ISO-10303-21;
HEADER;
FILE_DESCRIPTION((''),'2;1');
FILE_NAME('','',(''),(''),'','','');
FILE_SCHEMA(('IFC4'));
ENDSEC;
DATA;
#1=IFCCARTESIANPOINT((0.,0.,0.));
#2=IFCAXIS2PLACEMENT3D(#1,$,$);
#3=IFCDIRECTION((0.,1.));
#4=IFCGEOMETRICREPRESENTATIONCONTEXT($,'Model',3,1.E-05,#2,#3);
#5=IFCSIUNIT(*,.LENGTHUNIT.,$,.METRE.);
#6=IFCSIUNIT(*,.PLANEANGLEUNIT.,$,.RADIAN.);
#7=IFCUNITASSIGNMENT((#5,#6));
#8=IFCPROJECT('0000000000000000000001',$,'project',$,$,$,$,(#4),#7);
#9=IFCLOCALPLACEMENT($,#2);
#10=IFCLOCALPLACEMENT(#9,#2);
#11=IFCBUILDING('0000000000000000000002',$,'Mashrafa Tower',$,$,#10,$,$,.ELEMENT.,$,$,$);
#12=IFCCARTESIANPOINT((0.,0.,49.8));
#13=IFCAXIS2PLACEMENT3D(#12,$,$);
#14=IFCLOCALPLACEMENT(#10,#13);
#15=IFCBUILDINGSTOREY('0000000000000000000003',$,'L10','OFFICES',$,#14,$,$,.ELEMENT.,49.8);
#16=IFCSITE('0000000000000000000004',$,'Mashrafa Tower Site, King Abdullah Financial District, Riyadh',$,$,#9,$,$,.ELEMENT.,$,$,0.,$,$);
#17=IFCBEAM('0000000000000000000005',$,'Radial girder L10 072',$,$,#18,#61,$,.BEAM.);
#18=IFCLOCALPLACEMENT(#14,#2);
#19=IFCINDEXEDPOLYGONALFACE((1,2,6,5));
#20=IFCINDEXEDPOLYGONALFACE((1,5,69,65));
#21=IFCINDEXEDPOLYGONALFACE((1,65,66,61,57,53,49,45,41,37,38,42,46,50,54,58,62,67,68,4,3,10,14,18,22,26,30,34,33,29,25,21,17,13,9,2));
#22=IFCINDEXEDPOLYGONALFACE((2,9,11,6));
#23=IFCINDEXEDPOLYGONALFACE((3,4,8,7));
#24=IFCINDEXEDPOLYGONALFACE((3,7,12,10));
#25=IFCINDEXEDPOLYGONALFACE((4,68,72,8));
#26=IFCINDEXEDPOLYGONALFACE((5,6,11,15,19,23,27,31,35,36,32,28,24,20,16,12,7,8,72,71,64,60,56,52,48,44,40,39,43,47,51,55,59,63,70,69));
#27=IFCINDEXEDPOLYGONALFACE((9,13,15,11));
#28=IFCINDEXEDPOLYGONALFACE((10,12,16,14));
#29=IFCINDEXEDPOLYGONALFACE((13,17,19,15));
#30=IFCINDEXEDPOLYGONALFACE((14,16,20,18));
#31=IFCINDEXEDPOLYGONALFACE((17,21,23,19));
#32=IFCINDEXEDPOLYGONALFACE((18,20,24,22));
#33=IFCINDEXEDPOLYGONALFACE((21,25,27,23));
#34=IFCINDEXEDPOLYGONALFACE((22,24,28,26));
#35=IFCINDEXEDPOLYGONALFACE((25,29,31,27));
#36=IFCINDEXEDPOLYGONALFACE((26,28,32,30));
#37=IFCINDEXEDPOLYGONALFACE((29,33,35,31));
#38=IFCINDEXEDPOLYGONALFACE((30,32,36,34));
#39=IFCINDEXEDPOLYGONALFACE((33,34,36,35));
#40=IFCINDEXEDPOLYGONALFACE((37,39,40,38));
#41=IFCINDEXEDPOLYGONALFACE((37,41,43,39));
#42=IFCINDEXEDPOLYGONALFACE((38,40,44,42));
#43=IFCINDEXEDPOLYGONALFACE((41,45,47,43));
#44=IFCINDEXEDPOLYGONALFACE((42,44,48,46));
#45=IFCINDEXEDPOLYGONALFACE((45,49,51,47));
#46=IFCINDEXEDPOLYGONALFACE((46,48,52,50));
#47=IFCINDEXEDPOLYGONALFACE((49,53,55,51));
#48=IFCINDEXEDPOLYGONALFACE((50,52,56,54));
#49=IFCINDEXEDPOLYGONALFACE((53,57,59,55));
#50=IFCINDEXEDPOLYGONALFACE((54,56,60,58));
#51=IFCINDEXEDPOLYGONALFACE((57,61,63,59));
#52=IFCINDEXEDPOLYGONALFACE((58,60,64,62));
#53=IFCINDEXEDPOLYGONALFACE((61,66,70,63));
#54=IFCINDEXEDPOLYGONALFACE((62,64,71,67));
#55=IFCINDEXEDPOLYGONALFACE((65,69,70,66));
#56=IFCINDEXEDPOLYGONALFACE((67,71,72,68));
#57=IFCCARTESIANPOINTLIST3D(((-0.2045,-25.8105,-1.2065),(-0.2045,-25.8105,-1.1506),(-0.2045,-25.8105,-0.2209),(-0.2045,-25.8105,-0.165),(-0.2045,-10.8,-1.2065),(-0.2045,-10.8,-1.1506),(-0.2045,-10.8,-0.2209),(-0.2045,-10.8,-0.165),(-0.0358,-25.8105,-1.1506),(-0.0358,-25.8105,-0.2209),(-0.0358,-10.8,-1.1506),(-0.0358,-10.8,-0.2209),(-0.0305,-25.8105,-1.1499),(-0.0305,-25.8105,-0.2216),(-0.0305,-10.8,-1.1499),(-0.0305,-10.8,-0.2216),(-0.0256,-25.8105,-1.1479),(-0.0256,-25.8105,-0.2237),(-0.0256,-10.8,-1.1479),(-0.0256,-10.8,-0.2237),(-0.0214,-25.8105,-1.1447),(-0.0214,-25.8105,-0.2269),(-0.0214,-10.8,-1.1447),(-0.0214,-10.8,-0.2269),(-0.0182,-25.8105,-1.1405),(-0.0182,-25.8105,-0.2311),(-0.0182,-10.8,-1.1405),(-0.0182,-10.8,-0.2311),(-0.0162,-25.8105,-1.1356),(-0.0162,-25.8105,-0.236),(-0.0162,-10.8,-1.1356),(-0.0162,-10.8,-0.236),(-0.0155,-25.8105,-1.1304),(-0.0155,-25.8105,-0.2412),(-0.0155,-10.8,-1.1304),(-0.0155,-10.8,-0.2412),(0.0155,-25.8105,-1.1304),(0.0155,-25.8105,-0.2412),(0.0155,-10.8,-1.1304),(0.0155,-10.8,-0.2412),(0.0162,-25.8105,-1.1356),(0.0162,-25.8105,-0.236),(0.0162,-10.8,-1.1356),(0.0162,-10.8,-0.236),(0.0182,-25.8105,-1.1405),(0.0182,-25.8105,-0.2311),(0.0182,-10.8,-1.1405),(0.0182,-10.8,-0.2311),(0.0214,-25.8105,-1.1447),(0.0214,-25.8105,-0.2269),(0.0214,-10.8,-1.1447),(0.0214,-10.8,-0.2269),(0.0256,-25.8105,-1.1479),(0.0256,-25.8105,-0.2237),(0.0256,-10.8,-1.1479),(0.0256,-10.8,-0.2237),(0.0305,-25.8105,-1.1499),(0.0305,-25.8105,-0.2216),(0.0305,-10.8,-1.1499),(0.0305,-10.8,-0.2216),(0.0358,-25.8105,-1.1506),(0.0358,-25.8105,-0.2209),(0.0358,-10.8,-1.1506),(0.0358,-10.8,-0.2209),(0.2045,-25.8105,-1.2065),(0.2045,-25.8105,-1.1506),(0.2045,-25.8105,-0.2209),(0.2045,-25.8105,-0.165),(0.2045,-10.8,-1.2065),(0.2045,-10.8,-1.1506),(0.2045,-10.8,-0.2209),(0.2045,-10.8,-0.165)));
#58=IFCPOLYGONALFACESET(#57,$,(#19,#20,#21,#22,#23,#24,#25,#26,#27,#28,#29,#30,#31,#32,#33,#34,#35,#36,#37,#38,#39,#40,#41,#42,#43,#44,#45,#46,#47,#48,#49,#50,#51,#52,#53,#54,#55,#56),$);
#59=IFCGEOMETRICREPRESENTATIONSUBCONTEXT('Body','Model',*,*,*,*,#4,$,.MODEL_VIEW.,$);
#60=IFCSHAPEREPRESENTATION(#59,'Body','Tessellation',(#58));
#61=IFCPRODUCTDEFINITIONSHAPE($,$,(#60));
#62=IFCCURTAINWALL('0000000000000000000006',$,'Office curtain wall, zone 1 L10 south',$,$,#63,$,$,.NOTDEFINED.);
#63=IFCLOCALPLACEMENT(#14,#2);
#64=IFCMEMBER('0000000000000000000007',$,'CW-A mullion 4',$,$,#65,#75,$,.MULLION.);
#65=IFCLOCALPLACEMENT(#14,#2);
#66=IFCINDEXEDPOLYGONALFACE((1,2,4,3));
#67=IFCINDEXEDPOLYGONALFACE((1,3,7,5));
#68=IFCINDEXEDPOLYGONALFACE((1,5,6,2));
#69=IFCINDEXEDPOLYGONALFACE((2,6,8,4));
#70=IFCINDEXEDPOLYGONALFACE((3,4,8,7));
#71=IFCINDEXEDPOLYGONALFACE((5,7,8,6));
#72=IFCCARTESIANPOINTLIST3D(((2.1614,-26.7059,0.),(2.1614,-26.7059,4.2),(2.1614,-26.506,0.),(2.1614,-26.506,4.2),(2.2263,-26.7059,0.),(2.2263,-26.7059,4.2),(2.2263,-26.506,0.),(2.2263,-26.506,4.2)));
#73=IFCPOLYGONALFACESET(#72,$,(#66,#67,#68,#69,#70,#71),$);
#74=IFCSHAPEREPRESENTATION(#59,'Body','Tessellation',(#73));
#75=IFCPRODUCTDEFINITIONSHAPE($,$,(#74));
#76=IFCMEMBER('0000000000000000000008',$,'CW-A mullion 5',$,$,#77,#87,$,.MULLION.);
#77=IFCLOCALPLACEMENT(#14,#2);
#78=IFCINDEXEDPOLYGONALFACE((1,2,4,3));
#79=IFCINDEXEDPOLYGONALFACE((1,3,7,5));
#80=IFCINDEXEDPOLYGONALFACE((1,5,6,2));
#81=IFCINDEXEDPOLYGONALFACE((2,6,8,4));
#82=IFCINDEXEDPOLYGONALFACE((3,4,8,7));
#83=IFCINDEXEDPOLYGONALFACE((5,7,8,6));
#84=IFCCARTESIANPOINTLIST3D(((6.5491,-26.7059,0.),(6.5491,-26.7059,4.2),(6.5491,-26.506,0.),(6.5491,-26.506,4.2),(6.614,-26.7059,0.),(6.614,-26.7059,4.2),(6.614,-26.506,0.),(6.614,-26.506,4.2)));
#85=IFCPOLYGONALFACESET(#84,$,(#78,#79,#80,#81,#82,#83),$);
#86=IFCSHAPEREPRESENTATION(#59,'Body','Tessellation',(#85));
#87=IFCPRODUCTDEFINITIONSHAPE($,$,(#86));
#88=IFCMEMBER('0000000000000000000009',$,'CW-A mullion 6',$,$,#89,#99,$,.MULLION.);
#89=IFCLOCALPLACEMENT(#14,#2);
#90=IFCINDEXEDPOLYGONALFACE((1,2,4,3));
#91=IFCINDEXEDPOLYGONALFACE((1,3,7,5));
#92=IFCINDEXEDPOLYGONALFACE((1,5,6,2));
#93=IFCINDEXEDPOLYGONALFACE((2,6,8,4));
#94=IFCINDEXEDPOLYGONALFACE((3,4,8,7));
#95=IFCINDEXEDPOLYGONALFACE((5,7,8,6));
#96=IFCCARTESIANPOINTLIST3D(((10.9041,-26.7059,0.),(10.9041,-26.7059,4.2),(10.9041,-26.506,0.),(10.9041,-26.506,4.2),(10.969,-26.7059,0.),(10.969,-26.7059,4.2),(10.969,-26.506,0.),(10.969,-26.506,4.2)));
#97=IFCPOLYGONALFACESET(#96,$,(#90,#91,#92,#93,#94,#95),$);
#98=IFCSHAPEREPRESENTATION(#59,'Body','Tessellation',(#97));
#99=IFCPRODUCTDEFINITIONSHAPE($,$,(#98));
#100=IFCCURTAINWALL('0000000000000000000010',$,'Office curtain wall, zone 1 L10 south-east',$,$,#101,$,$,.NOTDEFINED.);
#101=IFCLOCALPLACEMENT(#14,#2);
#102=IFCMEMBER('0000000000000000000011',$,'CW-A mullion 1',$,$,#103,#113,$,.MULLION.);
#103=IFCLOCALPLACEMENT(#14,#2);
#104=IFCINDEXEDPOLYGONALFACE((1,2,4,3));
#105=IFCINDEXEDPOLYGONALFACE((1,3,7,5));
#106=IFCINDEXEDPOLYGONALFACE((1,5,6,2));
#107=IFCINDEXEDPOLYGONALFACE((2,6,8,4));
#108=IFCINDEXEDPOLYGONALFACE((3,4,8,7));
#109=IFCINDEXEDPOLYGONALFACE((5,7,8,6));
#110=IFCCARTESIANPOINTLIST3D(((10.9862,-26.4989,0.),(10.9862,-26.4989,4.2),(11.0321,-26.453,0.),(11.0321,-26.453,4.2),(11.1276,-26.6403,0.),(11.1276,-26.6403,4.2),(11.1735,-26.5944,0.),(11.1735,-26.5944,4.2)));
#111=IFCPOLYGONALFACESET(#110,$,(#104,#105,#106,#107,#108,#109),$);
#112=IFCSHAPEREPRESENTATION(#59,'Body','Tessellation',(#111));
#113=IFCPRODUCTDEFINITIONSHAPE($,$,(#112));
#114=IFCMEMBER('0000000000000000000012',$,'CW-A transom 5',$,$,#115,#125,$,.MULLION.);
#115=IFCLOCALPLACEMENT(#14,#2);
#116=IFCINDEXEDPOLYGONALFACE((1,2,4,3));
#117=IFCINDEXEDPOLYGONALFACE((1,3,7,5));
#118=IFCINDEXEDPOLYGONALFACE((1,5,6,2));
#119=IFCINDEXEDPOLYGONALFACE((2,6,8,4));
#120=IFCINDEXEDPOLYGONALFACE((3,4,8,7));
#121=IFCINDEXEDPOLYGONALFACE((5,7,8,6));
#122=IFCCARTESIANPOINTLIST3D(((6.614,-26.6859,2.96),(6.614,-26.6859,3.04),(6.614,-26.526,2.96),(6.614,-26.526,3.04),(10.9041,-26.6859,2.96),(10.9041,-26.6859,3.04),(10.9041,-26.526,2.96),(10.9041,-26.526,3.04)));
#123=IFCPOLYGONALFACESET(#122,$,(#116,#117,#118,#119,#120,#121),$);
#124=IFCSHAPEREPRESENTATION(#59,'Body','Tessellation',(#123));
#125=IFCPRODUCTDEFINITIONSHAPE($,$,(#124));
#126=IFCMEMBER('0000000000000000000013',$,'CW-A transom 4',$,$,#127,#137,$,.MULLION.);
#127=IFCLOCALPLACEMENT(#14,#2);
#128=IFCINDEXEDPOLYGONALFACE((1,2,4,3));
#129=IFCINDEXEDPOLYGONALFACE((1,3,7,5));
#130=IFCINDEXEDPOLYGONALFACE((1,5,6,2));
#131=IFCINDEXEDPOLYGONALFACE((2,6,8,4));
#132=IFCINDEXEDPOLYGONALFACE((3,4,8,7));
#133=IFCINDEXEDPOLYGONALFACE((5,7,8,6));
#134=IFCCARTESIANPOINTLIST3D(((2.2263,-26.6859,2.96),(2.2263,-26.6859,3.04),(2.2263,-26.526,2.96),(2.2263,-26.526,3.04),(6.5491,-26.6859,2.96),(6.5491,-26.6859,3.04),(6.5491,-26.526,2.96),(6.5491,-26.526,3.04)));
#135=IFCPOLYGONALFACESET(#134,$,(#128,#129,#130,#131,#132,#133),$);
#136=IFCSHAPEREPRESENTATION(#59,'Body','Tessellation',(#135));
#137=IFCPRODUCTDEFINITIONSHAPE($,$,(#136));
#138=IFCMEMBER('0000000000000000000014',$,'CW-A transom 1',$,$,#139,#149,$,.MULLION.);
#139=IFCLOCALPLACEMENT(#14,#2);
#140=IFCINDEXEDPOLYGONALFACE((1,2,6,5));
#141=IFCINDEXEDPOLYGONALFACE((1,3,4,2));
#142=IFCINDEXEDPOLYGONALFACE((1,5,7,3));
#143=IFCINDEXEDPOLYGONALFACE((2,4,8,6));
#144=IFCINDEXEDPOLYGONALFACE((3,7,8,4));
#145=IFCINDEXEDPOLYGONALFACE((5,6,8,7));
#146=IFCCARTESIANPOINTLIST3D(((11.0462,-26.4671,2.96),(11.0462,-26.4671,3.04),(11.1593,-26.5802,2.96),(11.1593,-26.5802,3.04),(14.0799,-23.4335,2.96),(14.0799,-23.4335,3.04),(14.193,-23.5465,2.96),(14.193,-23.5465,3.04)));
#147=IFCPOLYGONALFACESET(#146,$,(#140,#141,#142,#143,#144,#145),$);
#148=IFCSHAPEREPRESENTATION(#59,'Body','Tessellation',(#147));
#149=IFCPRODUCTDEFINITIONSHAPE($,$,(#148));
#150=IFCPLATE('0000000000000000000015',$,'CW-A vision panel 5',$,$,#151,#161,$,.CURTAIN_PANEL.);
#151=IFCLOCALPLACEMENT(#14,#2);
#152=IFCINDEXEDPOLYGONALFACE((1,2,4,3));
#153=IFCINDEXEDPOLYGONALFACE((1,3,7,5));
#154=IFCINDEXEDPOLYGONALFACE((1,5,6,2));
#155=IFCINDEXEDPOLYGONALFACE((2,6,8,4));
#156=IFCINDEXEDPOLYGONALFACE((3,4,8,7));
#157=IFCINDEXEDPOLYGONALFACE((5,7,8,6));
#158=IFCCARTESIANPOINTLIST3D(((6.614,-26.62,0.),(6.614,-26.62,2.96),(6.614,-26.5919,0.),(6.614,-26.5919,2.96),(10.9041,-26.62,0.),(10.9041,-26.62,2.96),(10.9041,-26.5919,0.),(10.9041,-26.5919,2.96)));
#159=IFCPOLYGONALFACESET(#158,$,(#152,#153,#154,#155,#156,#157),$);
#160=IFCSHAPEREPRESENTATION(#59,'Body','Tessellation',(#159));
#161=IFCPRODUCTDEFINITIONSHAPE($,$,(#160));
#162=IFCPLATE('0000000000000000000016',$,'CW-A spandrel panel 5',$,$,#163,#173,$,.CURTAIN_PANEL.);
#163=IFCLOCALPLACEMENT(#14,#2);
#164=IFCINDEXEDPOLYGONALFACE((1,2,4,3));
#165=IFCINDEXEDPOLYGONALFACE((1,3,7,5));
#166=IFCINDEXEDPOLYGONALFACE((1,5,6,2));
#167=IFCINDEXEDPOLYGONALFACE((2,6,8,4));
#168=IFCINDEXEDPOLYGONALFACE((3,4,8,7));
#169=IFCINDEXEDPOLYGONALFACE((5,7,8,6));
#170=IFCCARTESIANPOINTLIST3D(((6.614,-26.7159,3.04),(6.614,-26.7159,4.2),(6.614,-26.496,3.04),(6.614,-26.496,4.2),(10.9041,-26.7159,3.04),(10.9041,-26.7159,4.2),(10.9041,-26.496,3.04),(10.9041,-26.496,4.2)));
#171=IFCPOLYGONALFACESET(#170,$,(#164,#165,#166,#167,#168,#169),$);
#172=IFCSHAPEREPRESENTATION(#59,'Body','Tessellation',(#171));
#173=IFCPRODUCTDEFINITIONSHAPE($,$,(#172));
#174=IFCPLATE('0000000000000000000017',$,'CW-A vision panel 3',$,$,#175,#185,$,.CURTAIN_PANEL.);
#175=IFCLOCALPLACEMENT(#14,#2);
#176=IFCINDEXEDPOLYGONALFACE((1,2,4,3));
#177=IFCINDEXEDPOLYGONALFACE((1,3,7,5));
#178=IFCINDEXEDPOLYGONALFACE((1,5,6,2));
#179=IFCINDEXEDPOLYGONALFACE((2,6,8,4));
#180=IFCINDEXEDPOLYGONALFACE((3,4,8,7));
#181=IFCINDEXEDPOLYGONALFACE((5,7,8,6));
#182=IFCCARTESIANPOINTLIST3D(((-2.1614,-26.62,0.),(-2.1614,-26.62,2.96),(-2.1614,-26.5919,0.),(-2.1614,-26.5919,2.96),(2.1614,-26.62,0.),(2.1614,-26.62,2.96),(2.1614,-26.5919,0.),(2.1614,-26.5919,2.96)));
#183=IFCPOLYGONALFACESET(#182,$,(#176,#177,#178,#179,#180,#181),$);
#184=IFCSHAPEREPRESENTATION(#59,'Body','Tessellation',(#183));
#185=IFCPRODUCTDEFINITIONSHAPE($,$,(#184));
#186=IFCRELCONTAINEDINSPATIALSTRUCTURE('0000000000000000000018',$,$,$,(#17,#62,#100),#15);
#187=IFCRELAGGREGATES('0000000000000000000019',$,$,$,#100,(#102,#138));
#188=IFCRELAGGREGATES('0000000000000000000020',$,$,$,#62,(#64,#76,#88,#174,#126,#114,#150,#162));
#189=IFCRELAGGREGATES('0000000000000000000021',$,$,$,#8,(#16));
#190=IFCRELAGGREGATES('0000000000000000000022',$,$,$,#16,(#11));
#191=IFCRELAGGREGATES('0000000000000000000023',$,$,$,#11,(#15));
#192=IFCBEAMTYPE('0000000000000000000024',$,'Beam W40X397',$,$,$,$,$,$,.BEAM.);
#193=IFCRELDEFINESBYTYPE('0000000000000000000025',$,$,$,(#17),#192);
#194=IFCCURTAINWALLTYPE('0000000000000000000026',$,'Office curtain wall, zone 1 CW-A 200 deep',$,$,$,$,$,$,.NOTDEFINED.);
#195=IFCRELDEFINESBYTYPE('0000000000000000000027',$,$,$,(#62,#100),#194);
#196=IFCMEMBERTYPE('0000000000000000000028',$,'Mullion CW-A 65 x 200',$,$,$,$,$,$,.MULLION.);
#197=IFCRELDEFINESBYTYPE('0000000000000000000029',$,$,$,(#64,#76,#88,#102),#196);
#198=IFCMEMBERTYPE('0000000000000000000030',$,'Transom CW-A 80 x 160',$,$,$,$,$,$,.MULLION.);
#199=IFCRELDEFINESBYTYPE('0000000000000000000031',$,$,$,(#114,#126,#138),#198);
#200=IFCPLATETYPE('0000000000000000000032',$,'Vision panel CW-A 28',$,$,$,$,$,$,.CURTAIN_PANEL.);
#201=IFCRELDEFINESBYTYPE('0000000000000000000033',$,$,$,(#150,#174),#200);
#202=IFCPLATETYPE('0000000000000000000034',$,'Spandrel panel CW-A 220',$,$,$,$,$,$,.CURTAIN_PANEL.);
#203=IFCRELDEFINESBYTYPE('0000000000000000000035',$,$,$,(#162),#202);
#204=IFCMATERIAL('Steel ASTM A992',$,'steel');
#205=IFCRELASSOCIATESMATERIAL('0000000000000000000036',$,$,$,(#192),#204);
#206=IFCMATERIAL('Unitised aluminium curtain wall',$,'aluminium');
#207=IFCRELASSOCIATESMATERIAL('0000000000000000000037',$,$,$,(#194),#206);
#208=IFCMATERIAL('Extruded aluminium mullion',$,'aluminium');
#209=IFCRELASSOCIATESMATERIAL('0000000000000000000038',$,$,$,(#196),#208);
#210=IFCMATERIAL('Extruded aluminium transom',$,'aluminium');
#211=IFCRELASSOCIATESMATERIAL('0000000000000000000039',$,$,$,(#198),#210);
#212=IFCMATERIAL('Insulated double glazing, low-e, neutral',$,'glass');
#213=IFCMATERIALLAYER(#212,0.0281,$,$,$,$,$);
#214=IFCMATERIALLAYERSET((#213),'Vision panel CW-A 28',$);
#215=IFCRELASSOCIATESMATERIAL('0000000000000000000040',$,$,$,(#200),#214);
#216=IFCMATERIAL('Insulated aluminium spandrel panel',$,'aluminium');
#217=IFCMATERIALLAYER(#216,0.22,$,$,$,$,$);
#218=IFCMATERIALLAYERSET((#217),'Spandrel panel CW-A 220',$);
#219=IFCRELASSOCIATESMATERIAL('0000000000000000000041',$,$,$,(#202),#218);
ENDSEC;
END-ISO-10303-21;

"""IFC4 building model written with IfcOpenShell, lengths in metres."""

from ifc_helpers import new_model, si_unit, direction, frame, origin, origin_2d, place, context, subcontext, project, spatial, rectangle, i_section, extrude, source, transform, mapped, material, layer, layer_set, material_profile, profile_set, type_object, type_shapes, element, aggregate, save


model = new_model("IFC4")

# Units and contexts
model_context = context("Model", 3, precision=1e-05, world=origin(), true_north=direction((0.0, 1.0)))
body_context = subcontext(model_context, "Body", "Model", "MODEL_VIEW")
ifc_project = project(units=[si_unit("LENGTHUNIT", "METRE"), si_unit("PLANEANGLEUNIT", "RADIAN")], contexts=[model_context])

# Site, building, storey
site_placement = place(None, origin())
site = spatial("IfcSite", under=ifc_project, at=site_placement, Name="Mashrafa Tower Site, King Abdullah Financial District, Riyadh", CompositionType="ELEMENT", RefElevation=0.0)
building_placement = place(site_placement, origin())
building = spatial("IfcBuilding", under=site, at=building_placement, Name="Mashrafa Tower", CompositionType="ELEMENT")
storey_placement = place(building_placement, frame((0.0, 0.0, 49.8)))
storey = spatial("IfcBuildingStorey", under=building, at=storey_placement, Name="L10", Description="OFFICES", CompositionType="ELEMENT", Elevation=49.8)

# Beam
ifc_material_1 = material(Name="Steel ASTM A992", Category="steel")
ifc_material_profile_1 = material_profile(ifc_material_1, i_section(OverallWidth=0.4089, OverallDepth=1.0415, WebThickness=0.031, FlangeThickness=0.0559, FilletRadius=0.0203, at=origin_2d()), Name="W40X397")
ifc_profile_set_1 = profile_set([ifc_material_profile_1], Name="Steel ASTM A992")
beam_type_1 = type_object("IfcBeamType", Name="Beam W40X397", PredefinedType="BEAM", material=ifc_profile_set_1)
beam_1_placement = place(storey_placement, frame((0.0, -10.8, -0.6858), z_axis=(0.0, -1.0, 0.0), x_axis=(1.0, 0.0, 0.0)))
element("IfcBeam", 1, at=beam_1_placement, inside=storey, type_object=beam_type_1, Name="Radial girder L10 072", PredefinedType="BEAM", context=body_context, shape_type="SweptSolid", body=[
    extrude(i_section(OverallWidth=0.4089, OverallDepth=1.0415, WebThickness=0.031, FlangeThickness=0.0559, FilletRadius=0.0203, at=origin_2d()), origin(), (0.0, 0.0, 1.0), 15.0105),
])

# Curtain wall, members
ifc_material_2 = material(Name="Unitised aluminium curtain wall", Category="aluminium")
curtain_wall_type = type_object("IfcCurtainWallType", Name="Office curtain wall, zone 1 CW-A 200 deep", PredefinedType="NOTDEFINED", material=ifc_material_2)
curtain_wall_1_placement = place(storey_placement, origin())
curtain_wall_1 = element("IfcCurtainWall", 2, at=curtain_wall_1_placement, inside=storey, type_object=curtain_wall_type, Name="Office curtain wall, zone 1 L10 south", PredefinedType="NOTDEFINED")
ifc_material_3 = material(Name="Extruded aluminium mullion", Category="aluminium")
ifc_material_profile_2 = material_profile(ifc_material_3, rectangle(XDim=0.2, YDim=0.0649, at=origin_2d()), Name="Mullion 65x200")
ifc_profile_set_2 = profile_set([ifc_material_profile_2], Name="Extruded aluminium mullion")
member_type_1 = type_object("IfcMemberType", Name="Mullion CW-A 65 x 200", PredefinedType="MULLION", material=ifc_profile_set_2)
shared_shape_1 = source(origin(), body_context, "Body", "SweptSolid", [
    extrude(rectangle(XDim=0.2, YDim=0.0649, at=origin_2d()), origin(), (0.0, 0.0, 1.0), 4.2),
])
type_shapes(member_type_1, [shared_shape_1])
member_1_placement = place(storey_placement, frame((2.1938, -26.606, 0.0), z_axis=(0.0, 0.0, 1.0), x_axis=(0.0, 1.0, 0.0)))
member_1 = element("IfcMember", 3, at=member_1_placement, type_object=member_type_1, Name="CW-A mullion 4", PredefinedType="MULLION", context=body_context, shape_type="MappedRepresentation", body=[
    mapped(shared_shape_1, transform((0.0, 0.0, 0.0))),
])
member_2_placement = place(storey_placement, frame((6.5815, -26.606, 0.0), z_axis=(0.0, 0.0, 1.0), x_axis=(0.0, 1.0, 0.0)))
member_2 = element("IfcMember", 4, at=member_2_placement, type_object=member_type_1, Name="CW-A mullion 5", PredefinedType="MULLION", context=body_context, shape_type="MappedRepresentation", body=[
    mapped(shared_shape_1, transform((0.0, 0.0, 0.0))),
])
member_3_placement = place(storey_placement, frame((10.9365, -26.606, 0.0), z_axis=(0.0, 0.0, 1.0), x_axis=(0.0, 1.0, 0.0)))
member_3 = element("IfcMember", 5, at=member_3_placement, type_object=member_type_1, Name="CW-A mullion 6", PredefinedType="MULLION", context=body_context, shape_type="MappedRepresentation", body=[
    mapped(shared_shape_1, transform((0.0, 0.0, 0.0))),
])

# Curtain wall, member
curtain_wall_2_placement = place(storey_placement, origin())
curtain_wall_2 = element("IfcCurtainWall", 6, at=curtain_wall_2_placement, inside=storey, type_object=curtain_wall_type, Name="Office curtain wall, zone 1 L10 south-east", PredefinedType="NOTDEFINED")
member_4_placement = place(storey_placement, frame((11.0798, -26.5466, 0.0), z_axis=(0.0, 0.0, 1.0), x_axis=(-0.707107, 0.707107, 0.0)))
member_4 = element("IfcMember", 7, at=member_4_placement, type_object=member_type_1, Name="CW-A mullion 1", PredefinedType="MULLION", context=body_context, shape_type="MappedRepresentation", body=[
    mapped(shared_shape_1, transform((0.0, 0.0, 0.0))),
])

# Members
ifc_material_4 = material(Name="Extruded aluminium transom", Category="aluminium")
ifc_material_profile_3 = material_profile(ifc_material_4, rectangle(XDim=0.1599, YDim=0.0801, at=origin_2d()), Name="Transom 80x160")
ifc_profile_set_3 = profile_set([ifc_material_profile_3], Name="Extruded aluminium transom")
member_type_2 = type_object("IfcMemberType", Name="Transom CW-A 80 x 160", PredefinedType="MULLION", material=ifc_profile_set_3)
shared_shape_2 = source(origin(), body_context, "Body", "SweptSolid", [
    extrude(rectangle(XDim=0.1599, YDim=0.0801, at=origin_2d()), origin(), (0.0, 0.0, 1.0), 4.29),
])
member_5_placement = place(storey_placement, frame((6.614, -26.606, 3.0), z_axis=(1.0, 0.0, 0.0), x_axis=(0.0, 1.0, 0.0)))
member_5 = element("IfcMember", 8, at=member_5_placement, type_object=member_type_2, Name="CW-A transom 5", PredefinedType="MULLION", context=body_context, shape_type="MappedRepresentation", body=[
    mapped(shared_shape_2, transform((0.0, 0.0, 0.0))),
])
shared_shape_3 = source(origin(), body_context, "Body", "SweptSolid", [
    extrude(rectangle(XDim=0.1599, YDim=0.0801, at=origin_2d()), origin(), (0.0, 0.0, 1.0), 4.3228),
])
member_6_placement = place(storey_placement, frame((2.2263, -26.606, 3.0), z_axis=(1.0, 0.0, 0.0), x_axis=(0.0, 1.0, 0.0)))
member_6 = element("IfcMember", 9, at=member_6_placement, type_object=member_type_2, Name="CW-A transom 4", PredefinedType="MULLION", context=body_context, shape_type="MappedRepresentation", body=[
    mapped(shared_shape_3, transform((0.0, 0.0, 0.0))),
])
shared_shape_4 = source(origin(), body_context, "Body", "SweptSolid", [
    extrude(rectangle(XDim=0.1599, YDim=0.0801, at=origin_2d()), origin(), (0.0, 0.0, 1.0), 4.2903),
])
type_shapes(member_type_2, [shared_shape_2, shared_shape_3, shared_shape_4])
member_7_placement = place(storey_placement, frame((11.1028, -26.5237, 3.0), z_axis=(0.707107, 0.707107, 0.0), x_axis=(-0.707107, 0.707107, 0.0)))
member_7 = element("IfcMember", 10, at=member_7_placement, type_object=member_type_2, Name="CW-A transom 1", PredefinedType="MULLION", context=body_context, shape_type="MappedRepresentation", body=[
    mapped(shared_shape_4, transform((0.0, 0.0, 0.0))),
])
aggregate(curtain_wall_2, [member_4, member_7])

# Plates
ifc_material_5 = material(Name="Insulated double glazing, low-e, neutral", Category="glass")
ifc_layer_1 = layer(ifc_material_5, 0.0281)
ifc_layer_set_1 = layer_set([ifc_layer_1], Name="Vision panel CW-A 28")
plate_type_1 = type_object("IfcPlateType", Name="Vision panel CW-A 28", PredefinedType="CURTAIN_PANEL", material=ifc_layer_set_1)
shared_shape_5 = source(origin(), body_context, "Body", "SweptSolid", [
    extrude(rectangle(XDim=4.29, YDim=0.0281, at=origin_2d()), origin(), (0.0, 0.0, 1.0), 2.96),
])
plate_1_placement = place(storey_placement, frame((8.759, -26.606, 0.0), z_axis=(0.0, 0.0, 1.0), x_axis=(1.0, 0.0, 0.0)))
plate_1 = element("IfcPlate", 11, at=plate_1_placement, type_object=plate_type_1, Name="CW-A vision panel 5", PredefinedType="CURTAIN_PANEL", context=body_context, shape_type="MappedRepresentation", body=[
    mapped(shared_shape_5, transform((0.0, 0.0, 0.0))),
])
ifc_material_6 = material(Name="Insulated aluminium spandrel panel", Category="aluminium")
ifc_layer_2 = layer(ifc_material_6, 0.22)
ifc_layer_set_2 = layer_set([ifc_layer_2], Name="Spandrel panel CW-A 220")
plate_type_2 = type_object("IfcPlateType", Name="Spandrel panel CW-A 220", PredefinedType="CURTAIN_PANEL", material=ifc_layer_set_2)
shared_shape_6 = source(origin(), body_context, "Body", "SweptSolid", [
    extrude(rectangle(XDim=4.29, YDim=0.22, at=origin_2d()), origin(), (0.0, 0.0, 1.0), 1.1599),
])
plate_2_placement = place(storey_placement, frame((8.759, -26.606, 3.04), z_axis=(0.0, 0.0, 1.0), x_axis=(1.0, 0.0, 0.0)))
plate_2 = element("IfcPlate", 12, at=plate_2_placement, type_object=plate_type_2, Name="CW-A spandrel panel 5", PredefinedType="CURTAIN_PANEL", context=body_context, shape_type="MappedRepresentation", body=[
    mapped(shared_shape_6, transform((0.0, 0.0, 0.0))),
])
shared_shape_7 = source(origin(), body_context, "Body", "SweptSolid", [
    extrude(rectangle(XDim=4.3228, YDim=0.0281, at=origin_2d()), origin(), (0.0, 0.0, 1.0), 2.96),
])
type_shapes(plate_type_1, [shared_shape_5, shared_shape_7])
plate_3_placement = place(storey_placement, frame((0.0, -26.606, 0.0), z_axis=(0.0, 0.0, 1.0), x_axis=(1.0, 0.0, 0.0)))
plate_3 = element("IfcPlate", 13, at=plate_3_placement, type_object=plate_type_1, Name="CW-A vision panel 3", PredefinedType="CURTAIN_PANEL", context=body_context, shape_type="MappedRepresentation", body=[
    mapped(shared_shape_7, transform((0.0, 0.0, 0.0))),
])
aggregate(curtain_wall_1, [member_1, member_2, member_3, plate_3, member_6, member_5, plate_1, plate_2])

save(model, "model.ifc")
